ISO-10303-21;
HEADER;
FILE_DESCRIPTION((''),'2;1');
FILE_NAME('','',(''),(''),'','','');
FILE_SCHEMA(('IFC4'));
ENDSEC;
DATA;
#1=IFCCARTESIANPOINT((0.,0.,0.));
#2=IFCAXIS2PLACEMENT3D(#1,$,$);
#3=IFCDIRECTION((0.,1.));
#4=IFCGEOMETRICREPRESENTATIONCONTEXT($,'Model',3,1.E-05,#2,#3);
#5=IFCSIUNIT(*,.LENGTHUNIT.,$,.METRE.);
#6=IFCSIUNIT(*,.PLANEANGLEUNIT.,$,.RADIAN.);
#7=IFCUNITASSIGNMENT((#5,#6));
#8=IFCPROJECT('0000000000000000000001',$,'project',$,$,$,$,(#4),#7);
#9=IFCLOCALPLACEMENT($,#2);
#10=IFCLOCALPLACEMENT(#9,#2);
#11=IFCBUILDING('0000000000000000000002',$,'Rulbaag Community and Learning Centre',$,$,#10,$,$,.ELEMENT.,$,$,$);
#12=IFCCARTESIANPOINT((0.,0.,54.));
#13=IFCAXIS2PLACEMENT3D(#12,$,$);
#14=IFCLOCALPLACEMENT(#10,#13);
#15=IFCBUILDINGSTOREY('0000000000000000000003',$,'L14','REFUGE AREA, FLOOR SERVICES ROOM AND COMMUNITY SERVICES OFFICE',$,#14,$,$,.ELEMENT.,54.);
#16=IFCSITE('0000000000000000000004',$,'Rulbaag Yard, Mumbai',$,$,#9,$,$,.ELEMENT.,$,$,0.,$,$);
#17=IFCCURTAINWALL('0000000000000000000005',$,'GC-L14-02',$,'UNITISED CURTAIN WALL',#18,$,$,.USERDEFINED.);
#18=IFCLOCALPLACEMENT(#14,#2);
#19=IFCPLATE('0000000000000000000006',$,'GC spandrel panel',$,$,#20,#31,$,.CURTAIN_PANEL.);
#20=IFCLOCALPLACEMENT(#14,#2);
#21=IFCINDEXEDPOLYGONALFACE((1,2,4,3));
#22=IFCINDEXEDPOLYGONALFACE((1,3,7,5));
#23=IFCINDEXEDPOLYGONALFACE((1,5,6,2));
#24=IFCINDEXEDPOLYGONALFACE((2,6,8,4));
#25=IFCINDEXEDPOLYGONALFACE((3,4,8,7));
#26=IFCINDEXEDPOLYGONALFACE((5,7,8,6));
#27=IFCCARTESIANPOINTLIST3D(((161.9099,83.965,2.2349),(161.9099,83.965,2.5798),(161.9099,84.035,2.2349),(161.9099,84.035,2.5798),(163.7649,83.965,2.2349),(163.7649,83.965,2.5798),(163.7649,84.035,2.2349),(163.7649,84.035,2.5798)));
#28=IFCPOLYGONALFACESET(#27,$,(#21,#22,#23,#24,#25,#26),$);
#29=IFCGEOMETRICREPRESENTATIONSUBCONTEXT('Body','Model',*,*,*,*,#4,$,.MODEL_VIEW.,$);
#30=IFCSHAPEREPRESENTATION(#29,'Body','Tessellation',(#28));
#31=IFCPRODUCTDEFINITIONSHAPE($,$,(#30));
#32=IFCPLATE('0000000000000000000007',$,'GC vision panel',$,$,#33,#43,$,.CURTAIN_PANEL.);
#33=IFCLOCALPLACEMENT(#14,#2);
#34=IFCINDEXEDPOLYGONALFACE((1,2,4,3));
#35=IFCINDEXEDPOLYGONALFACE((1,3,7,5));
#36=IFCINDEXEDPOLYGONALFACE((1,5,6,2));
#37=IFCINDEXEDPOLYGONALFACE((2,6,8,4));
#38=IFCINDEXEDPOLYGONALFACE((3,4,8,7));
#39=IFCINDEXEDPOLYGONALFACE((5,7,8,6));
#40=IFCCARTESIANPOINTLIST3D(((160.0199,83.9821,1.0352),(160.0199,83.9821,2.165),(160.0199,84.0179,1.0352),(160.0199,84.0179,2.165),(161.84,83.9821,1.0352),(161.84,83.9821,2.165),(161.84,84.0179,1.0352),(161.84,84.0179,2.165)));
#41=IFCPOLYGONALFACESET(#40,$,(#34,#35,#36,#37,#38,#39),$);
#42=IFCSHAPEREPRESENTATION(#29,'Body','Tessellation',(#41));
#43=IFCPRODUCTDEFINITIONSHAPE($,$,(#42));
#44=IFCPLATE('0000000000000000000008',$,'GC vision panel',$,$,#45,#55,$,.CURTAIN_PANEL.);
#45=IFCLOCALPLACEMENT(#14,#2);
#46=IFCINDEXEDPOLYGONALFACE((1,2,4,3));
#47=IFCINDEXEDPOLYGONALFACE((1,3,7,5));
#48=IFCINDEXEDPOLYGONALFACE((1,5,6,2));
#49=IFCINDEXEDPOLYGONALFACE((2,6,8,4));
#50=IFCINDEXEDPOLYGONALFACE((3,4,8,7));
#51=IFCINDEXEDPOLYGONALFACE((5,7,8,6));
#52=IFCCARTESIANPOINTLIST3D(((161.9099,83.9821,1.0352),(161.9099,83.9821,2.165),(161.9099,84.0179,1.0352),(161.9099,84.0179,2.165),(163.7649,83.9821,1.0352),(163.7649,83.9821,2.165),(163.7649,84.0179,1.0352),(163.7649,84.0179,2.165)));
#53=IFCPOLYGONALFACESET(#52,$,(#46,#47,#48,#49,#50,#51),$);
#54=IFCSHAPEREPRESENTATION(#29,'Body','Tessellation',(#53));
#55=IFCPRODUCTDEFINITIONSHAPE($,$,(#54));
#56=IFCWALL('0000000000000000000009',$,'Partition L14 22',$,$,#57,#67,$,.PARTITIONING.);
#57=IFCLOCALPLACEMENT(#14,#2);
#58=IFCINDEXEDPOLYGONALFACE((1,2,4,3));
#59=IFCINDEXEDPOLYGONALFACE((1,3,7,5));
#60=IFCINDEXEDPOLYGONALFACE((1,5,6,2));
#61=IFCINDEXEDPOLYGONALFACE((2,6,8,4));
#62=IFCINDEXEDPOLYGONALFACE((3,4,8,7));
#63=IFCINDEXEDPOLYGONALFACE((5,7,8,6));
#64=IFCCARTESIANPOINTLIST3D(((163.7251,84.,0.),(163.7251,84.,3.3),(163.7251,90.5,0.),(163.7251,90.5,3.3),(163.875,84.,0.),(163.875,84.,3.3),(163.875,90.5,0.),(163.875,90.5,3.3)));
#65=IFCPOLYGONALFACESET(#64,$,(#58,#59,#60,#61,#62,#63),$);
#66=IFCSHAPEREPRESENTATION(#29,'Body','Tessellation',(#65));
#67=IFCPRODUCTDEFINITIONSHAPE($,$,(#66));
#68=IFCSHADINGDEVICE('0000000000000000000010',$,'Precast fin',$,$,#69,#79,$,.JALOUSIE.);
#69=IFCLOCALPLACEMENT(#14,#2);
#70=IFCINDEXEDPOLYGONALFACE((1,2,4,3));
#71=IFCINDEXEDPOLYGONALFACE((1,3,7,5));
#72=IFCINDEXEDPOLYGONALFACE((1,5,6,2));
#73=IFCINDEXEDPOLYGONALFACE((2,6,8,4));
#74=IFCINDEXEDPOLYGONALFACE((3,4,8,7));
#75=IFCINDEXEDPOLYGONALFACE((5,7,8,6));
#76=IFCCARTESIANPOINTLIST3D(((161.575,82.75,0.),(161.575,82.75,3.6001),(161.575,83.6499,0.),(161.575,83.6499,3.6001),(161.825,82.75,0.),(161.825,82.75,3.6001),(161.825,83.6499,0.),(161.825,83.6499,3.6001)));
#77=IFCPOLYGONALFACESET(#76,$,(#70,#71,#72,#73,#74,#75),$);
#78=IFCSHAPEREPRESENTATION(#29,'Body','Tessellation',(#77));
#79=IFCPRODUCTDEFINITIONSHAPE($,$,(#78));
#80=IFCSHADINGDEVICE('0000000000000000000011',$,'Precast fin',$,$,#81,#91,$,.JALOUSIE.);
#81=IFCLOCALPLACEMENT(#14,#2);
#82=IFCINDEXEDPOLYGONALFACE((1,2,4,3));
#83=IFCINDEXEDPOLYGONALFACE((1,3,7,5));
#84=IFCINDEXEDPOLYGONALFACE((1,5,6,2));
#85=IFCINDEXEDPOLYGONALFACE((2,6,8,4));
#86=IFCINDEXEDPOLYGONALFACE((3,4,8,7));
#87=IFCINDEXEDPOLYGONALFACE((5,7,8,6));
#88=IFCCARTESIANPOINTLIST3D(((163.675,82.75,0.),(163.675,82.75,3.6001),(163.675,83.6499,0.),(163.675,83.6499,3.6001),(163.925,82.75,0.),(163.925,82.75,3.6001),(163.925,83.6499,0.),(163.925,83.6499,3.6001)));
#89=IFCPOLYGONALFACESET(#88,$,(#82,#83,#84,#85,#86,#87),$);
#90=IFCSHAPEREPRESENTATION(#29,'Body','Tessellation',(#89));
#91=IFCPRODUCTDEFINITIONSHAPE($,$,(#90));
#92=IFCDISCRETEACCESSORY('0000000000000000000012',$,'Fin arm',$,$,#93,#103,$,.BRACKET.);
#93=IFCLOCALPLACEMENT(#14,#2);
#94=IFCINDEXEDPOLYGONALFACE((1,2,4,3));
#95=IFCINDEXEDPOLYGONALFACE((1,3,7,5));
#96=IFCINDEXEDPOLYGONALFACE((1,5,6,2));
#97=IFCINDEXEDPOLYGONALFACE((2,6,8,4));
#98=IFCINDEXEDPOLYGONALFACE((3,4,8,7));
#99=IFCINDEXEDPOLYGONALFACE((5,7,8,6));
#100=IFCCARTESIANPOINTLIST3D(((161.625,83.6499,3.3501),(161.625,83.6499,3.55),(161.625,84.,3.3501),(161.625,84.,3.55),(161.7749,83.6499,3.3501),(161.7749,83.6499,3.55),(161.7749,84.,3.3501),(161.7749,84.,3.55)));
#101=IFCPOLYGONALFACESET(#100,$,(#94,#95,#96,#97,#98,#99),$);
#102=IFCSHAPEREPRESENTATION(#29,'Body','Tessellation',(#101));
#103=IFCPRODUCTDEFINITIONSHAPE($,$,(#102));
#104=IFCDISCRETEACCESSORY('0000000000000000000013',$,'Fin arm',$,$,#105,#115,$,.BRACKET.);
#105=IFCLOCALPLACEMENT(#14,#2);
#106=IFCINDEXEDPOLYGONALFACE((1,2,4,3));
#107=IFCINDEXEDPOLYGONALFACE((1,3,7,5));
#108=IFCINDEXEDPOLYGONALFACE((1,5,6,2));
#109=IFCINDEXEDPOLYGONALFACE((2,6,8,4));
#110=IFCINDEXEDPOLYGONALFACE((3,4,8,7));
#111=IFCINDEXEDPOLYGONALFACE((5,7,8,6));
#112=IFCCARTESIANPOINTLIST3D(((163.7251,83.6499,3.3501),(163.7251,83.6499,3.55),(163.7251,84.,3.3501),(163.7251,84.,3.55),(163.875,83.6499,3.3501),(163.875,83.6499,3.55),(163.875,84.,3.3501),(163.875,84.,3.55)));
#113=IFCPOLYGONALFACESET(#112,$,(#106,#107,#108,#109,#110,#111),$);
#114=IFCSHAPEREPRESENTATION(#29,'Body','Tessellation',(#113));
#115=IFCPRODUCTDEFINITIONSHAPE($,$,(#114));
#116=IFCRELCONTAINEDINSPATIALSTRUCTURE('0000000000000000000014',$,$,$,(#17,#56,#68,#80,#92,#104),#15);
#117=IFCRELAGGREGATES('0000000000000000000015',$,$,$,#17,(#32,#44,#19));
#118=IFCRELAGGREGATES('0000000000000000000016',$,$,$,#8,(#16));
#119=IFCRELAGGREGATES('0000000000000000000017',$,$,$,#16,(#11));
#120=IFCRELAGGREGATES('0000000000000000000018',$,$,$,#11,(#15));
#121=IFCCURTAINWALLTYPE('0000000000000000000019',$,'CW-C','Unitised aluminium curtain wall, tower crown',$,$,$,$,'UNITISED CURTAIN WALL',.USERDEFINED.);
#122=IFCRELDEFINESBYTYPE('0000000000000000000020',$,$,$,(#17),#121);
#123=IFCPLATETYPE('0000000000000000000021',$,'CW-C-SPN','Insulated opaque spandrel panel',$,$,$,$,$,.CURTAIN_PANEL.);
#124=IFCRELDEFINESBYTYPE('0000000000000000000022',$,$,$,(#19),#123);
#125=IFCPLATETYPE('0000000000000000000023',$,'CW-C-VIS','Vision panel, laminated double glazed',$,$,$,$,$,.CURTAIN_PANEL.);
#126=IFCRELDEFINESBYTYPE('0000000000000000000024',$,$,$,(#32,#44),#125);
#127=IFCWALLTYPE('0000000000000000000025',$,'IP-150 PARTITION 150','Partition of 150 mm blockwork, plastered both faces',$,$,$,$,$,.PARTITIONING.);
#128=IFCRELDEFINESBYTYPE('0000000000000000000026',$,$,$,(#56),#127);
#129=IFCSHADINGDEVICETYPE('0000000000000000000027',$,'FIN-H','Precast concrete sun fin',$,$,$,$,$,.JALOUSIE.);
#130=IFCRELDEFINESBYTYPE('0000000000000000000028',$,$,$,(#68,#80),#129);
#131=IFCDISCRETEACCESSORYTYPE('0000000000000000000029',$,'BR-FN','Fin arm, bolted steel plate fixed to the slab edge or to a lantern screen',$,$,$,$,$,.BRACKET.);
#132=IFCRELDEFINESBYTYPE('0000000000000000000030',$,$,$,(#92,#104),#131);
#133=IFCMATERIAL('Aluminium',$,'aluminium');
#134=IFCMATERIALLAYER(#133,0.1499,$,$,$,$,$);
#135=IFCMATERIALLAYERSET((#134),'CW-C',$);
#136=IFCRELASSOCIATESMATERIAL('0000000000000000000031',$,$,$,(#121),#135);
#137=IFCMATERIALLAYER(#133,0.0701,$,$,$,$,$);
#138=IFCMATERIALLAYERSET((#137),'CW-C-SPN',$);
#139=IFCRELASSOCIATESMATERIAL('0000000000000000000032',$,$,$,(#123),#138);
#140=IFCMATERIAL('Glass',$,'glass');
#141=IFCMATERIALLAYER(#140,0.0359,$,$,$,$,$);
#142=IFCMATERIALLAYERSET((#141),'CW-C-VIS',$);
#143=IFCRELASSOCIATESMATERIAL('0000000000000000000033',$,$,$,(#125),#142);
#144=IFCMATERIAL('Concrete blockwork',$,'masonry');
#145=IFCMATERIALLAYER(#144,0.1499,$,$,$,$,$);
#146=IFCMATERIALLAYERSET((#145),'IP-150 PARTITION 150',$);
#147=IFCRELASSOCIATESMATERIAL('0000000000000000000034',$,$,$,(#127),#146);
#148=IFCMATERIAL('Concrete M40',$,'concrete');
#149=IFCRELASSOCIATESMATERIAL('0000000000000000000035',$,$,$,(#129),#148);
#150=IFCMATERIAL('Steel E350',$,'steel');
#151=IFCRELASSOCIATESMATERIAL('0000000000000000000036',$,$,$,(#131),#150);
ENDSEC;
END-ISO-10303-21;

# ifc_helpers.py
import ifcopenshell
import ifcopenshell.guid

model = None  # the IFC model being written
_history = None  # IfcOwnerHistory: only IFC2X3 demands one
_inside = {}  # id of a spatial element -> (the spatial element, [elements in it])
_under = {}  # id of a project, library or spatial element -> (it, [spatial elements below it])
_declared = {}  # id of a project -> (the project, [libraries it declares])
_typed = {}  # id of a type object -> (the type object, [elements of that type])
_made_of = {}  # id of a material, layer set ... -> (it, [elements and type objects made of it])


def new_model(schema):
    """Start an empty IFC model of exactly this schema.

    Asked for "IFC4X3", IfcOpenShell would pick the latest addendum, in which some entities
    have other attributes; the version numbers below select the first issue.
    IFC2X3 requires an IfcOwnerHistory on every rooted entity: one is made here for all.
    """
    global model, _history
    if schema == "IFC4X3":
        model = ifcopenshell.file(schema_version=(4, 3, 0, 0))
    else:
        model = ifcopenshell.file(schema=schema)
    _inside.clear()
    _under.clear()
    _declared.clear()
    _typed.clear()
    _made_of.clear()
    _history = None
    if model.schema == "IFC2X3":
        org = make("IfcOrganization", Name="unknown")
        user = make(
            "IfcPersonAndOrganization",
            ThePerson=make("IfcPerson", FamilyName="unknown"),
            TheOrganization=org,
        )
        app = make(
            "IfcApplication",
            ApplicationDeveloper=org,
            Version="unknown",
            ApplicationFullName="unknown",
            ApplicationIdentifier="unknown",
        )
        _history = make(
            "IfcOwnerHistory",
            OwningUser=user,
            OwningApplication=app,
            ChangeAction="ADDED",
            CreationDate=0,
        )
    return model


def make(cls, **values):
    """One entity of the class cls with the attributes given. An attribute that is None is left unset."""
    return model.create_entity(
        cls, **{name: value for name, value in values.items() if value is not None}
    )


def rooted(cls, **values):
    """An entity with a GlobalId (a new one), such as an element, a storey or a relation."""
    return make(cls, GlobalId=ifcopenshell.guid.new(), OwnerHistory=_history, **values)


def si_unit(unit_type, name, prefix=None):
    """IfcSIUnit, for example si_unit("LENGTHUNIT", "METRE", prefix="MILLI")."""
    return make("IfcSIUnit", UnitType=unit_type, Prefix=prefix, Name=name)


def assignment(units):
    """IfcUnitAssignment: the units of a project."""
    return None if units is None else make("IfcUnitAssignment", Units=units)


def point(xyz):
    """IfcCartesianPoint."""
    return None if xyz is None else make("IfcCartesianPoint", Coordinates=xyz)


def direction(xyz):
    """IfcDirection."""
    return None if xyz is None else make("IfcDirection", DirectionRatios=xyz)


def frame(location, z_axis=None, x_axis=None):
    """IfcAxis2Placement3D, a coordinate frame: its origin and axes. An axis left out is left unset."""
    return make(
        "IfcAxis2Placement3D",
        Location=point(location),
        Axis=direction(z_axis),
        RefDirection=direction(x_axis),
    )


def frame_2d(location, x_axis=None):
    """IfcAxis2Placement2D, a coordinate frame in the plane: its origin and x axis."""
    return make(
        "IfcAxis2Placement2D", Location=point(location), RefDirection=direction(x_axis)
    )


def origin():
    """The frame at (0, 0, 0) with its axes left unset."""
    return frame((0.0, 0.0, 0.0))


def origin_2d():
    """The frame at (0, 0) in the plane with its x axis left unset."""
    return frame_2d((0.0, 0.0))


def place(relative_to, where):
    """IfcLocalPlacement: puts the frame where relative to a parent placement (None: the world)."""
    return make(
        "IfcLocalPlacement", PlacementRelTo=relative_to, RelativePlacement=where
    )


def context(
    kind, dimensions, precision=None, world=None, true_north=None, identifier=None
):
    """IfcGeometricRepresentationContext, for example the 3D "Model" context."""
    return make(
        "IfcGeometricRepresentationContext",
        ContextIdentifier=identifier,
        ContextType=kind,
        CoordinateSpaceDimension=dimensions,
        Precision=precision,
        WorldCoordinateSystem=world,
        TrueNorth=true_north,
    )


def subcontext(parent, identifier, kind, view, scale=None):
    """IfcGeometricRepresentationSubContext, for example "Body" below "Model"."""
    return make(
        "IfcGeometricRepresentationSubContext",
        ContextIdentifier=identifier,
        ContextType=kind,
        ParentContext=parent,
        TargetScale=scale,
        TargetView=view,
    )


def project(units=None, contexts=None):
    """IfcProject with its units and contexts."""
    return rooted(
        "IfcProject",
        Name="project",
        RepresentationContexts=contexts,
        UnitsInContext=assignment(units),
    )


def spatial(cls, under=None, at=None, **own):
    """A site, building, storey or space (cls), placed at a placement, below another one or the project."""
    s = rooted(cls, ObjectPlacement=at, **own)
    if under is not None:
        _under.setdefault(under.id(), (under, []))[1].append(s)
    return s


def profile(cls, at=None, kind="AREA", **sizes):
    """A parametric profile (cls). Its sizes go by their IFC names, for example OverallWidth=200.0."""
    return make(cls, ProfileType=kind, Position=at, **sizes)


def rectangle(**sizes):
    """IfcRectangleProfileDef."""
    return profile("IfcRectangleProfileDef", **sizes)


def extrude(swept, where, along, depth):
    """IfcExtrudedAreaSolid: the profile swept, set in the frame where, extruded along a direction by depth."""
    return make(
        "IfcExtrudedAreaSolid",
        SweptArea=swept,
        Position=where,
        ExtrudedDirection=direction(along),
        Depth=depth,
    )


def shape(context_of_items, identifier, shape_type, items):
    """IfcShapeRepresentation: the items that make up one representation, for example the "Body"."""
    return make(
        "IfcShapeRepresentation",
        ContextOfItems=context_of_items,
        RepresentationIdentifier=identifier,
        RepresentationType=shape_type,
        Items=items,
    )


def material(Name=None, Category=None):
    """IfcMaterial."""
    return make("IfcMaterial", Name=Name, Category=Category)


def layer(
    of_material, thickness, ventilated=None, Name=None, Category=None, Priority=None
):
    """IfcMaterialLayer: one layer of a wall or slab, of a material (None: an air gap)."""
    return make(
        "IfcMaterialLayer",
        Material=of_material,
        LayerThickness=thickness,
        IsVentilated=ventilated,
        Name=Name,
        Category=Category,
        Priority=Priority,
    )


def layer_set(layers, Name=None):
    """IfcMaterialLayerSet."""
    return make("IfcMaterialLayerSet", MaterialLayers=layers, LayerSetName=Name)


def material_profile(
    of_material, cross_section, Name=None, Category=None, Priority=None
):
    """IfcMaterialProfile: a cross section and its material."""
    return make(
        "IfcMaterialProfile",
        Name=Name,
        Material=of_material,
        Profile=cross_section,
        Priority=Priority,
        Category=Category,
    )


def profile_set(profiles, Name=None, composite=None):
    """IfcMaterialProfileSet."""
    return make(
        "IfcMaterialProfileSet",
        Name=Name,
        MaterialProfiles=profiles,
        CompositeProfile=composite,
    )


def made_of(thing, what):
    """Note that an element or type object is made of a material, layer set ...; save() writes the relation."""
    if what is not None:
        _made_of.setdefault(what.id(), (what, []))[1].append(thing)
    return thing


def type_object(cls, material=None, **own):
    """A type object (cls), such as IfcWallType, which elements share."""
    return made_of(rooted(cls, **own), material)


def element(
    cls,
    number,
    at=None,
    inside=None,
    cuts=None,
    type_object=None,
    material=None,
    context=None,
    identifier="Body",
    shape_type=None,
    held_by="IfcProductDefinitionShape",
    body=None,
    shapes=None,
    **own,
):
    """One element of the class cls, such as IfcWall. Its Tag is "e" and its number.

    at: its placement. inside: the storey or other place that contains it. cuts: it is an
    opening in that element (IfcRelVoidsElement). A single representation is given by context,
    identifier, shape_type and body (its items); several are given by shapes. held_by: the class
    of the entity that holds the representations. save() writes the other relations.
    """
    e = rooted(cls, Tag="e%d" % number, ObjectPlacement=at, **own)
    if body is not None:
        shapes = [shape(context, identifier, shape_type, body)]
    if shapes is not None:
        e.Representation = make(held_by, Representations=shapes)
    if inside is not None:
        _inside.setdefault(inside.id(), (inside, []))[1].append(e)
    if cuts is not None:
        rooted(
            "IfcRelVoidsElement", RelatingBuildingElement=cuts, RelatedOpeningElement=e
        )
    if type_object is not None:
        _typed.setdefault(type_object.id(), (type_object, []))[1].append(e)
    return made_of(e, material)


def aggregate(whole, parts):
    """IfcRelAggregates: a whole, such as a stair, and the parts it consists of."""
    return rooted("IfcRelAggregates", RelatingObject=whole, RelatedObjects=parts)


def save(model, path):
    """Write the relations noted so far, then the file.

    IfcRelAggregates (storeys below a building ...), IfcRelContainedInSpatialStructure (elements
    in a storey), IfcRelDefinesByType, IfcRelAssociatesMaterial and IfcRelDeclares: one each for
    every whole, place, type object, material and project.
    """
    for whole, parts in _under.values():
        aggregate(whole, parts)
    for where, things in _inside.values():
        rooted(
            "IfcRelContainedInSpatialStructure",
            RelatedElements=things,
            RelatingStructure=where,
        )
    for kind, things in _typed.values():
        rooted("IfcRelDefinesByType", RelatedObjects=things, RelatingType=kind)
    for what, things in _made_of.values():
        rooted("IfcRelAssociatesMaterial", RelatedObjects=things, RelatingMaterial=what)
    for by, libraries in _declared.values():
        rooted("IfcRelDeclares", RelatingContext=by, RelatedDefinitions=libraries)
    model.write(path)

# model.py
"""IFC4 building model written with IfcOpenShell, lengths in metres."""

from ifc_helpers import new_model, si_unit, direction, frame, frame_2d, origin, origin_2d, place, context, subcontext, project, spatial, rectangle, extrude, material, layer, layer_set, material_profile, profile_set, type_object, element, aggregate, save


model = new_model("IFC4")

# Units and contexts
model_context = context("Model", 3, precision=1e-05, world=origin(), true_north=direction((0.0, 1.0)))
body_context = subcontext(model_context, "Body", "Model", "MODEL_VIEW")
ifc_project = project(units=[si_unit("LENGTHUNIT", "METRE"), si_unit("PLANEANGLEUNIT", "RADIAN")], contexts=[model_context])

# Site, building, storey
site_placement = place(None, origin())
site = spatial("IfcSite", under=ifc_project, at=site_placement, Name="Rulbaag Yard, Mumbai", CompositionType="ELEMENT", RefElevation=0.0)
building_placement = place(site_placement, origin())
building = spatial("IfcBuilding", under=site, at=building_placement, Name="Rulbaag Community and Learning Centre", CompositionType="ELEMENT")
storey_placement = place(building_placement, frame((0.0, 0.0, 54.0)))
storey = spatial("IfcBuildingStorey", under=building, at=storey_placement, Name="L14", Description="REFUGE AREA, FLOOR SERVICES ROOM AND COMMUNITY SERVICES OFFICE", CompositionType="ELEMENT", Elevation=54.0)

# Curtain wall, plates
ifc_material_1 = material(Name="Aluminium", Category="aluminium")
ifc_layer_1 = layer(ifc_material_1, 0.1499)
ifc_layer_set_1 = layer_set([ifc_layer_1], Name="CW-C")
curtain_wall_type = type_object("IfcCurtainWallType", Name="CW-C", Description="Unitised aluminium curtain wall, tower crown", ElementType="UNITISED CURTAIN WALL", PredefinedType="USERDEFINED", material=ifc_layer_set_1)
curtain_wall_placement = place(storey_placement, origin())
curtain_wall = element("IfcCurtainWall", 1, at=curtain_wall_placement, inside=storey, type_object=curtain_wall_type, Name="GC-L14-02", ObjectType="UNITISED CURTAIN WALL", PredefinedType="USERDEFINED")
ifc_layer_2 = layer(ifc_material_1, 0.0701)
ifc_layer_set_2 = layer_set([ifc_layer_2], Name="CW-C-SPN")
plate_type_1 = type_object("IfcPlateType", Name="CW-C-SPN", Description="Insulated opaque spandrel panel", PredefinedType="CURTAIN_PANEL", material=ifc_layer_set_2)
plate_1_placement = place(storey_placement, frame((162.8374, 84.0, 2.2349), z_axis=(0.0, 0.0, 1.0), x_axis=(1.0, 0.0, 0.0)))
plate_1 = element("IfcPlate", 2, at=plate_1_placement, type_object=plate_type_1, Name="GC spandrel panel", PredefinedType="CURTAIN_PANEL", context=body_context, shape_type="SweptSolid", body=[
    extrude(rectangle(XDim=1.855, YDim=0.0701, at=origin_2d()), origin(), (0.0, 0.0, 1.0), 0.345),
])
ifc_material_2 = material(Name="Glass", Category="glass")
ifc_layer_3 = layer(ifc_material_2, 0.0359)
ifc_layer_set_3 = layer_set([ifc_layer_3], Name="CW-C-VIS")
plate_type_2 = type_object("IfcPlateType", Name="CW-C-VIS", Description="Vision panel, laminated double glazed", PredefinedType="CURTAIN_PANEL", material=ifc_layer_set_3)
plate_2_placement = place(storey_placement, frame((160.9299, 84.0, 1.0352), z_axis=(0.0, 0.0, 1.0), x_axis=(1.0, 0.0, 0.0)))
plate_2 = element("IfcPlate", 3, at=plate_2_placement, type_object=plate_type_2, Name="GC vision panel", PredefinedType="CURTAIN_PANEL", context=body_context, shape_type="SweptSolid", body=[
    extrude(rectangle(XDim=1.8201, YDim=0.0359, at=origin_2d()), origin(), (0.0, 0.0, 1.0), 1.1299),
])
plate_3_placement = place(storey_placement, frame((162.8374, 84.0, 1.0352), z_axis=(0.0, 0.0, 1.0), x_axis=(1.0, 0.0, 0.0)))
plate_3 = element("IfcPlate", 4, at=plate_3_placement, type_object=plate_type_2, Name="GC vision panel", PredefinedType="CURTAIN_PANEL", context=body_context, shape_type="SweptSolid", body=[
    extrude(rectangle(XDim=1.855, YDim=0.0359, at=origin_2d()), origin(), (0.0, 0.0, 1.0), 1.1299),
])
aggregate(curtain_wall, [plate_2, plate_3, plate_1])

# Wall
ifc_material_3 = material(Name="Concrete blockwork", Category="masonry")
ifc_layer_4 = layer(ifc_material_3, 0.1499)
ifc_layer_set_4 = layer_set([ifc_layer_4], Name="IP-150 PARTITION 150")
wall_type = type_object("IfcWallType", Name="IP-150 PARTITION 150", Description="Partition of 150 mm blockwork, plastered both faces", PredefinedType="PARTITIONING", material=ifc_layer_set_4)
wall_placement = place(storey_placement, frame((163.8, 84.0, 0.0), z_axis=(0.0, 0.0, 1.0), x_axis=(0.0, 1.0, 0.0)))
element("IfcWall", 5, at=wall_placement, inside=storey, type_object=wall_type, Name="Partition L14 22", PredefinedType="PARTITIONING", context=body_context, shape_type="SweptSolid", body=[
    extrude(rectangle(XDim=6.5, YDim=0.1499, at=frame_2d((3.25, 0.0))), origin(), (0.0, 0.0, 1.0), 3.3),
])

# Shading devices
ifc_material_4 = material(Name="Concrete M40", Category="concrete")
ifc_material_profile_1 = material_profile(ifc_material_4, rectangle(XDim=0.25, YDim=0.8999, at=origin_2d()), Name="PC 250x900")
ifc_profile_set_1 = profile_set([ifc_material_profile_1], Name="Concrete M40")
shading_device_type_1 = type_object("IfcShadingDeviceType", Name="FIN-H", Description="Precast concrete sun fin", PredefinedType="JALOUSIE", material=ifc_profile_set_1)
for number, where, z_axis, x_axis, name in (
    (6, (161.7, 83.2, 0.0), (0.0, 0.0, 1.0), (1.0, 0.0, 0.0), "Precast fin"),
    (7, (163.8, 83.2, 0.0), (0.0, 0.0, 1.0), (1.0, 0.0, 0.0), "Precast fin"),
):
    element("IfcShadingDevice", number, at=place(storey_placement, frame(where, z_axis=z_axis, x_axis=x_axis)), inside=storey, type_object=shading_device_type_1, Name=name, PredefinedType="JALOUSIE", context=body_context, shape_type="SweptSolid", body=[
        extrude(rectangle(XDim=0.25, YDim=0.8999, at=origin_2d()), origin(), (0.0, 0.0, 1.0), 3.6001),
    ])

# Discrete accessories
ifc_material_5 = material(Name="Steel E350", Category="steel")
discrete_accessory_type = type_object("IfcDiscreteAccessoryType", Name="BR-FN", Description="Fin arm, bolted steel plate fixed to the slab edge or to a lantern screen", PredefinedType="BRACKET", material=ifc_material_5)
for number, where, z_axis, x_axis, name in (
    (8, (161.7, 83.825, 3.3501), (0.0, 0.0, 1.0), (1.0, 0.0, 0.0), "Fin arm"),
    (9, (163.8, 83.825, 3.3501), (0.0, 0.0, 1.0), (1.0, 0.0, 0.0), "Fin arm"),
):
    element("IfcDiscreteAccessory", number, at=place(storey_placement, frame(where, z_axis=z_axis, x_axis=x_axis)), inside=storey, type_object=discrete_accessory_type, Name=name, PredefinedType="BRACKET", context=body_context, shape_type="SweptSolid", body=[
        extrude(rectangle(XDim=0.1499, YDim=0.3501, at=origin_2d()), origin(), (0.0, 0.0, 1.0), 0.2),
    ])

save(model, "model.ifc")
